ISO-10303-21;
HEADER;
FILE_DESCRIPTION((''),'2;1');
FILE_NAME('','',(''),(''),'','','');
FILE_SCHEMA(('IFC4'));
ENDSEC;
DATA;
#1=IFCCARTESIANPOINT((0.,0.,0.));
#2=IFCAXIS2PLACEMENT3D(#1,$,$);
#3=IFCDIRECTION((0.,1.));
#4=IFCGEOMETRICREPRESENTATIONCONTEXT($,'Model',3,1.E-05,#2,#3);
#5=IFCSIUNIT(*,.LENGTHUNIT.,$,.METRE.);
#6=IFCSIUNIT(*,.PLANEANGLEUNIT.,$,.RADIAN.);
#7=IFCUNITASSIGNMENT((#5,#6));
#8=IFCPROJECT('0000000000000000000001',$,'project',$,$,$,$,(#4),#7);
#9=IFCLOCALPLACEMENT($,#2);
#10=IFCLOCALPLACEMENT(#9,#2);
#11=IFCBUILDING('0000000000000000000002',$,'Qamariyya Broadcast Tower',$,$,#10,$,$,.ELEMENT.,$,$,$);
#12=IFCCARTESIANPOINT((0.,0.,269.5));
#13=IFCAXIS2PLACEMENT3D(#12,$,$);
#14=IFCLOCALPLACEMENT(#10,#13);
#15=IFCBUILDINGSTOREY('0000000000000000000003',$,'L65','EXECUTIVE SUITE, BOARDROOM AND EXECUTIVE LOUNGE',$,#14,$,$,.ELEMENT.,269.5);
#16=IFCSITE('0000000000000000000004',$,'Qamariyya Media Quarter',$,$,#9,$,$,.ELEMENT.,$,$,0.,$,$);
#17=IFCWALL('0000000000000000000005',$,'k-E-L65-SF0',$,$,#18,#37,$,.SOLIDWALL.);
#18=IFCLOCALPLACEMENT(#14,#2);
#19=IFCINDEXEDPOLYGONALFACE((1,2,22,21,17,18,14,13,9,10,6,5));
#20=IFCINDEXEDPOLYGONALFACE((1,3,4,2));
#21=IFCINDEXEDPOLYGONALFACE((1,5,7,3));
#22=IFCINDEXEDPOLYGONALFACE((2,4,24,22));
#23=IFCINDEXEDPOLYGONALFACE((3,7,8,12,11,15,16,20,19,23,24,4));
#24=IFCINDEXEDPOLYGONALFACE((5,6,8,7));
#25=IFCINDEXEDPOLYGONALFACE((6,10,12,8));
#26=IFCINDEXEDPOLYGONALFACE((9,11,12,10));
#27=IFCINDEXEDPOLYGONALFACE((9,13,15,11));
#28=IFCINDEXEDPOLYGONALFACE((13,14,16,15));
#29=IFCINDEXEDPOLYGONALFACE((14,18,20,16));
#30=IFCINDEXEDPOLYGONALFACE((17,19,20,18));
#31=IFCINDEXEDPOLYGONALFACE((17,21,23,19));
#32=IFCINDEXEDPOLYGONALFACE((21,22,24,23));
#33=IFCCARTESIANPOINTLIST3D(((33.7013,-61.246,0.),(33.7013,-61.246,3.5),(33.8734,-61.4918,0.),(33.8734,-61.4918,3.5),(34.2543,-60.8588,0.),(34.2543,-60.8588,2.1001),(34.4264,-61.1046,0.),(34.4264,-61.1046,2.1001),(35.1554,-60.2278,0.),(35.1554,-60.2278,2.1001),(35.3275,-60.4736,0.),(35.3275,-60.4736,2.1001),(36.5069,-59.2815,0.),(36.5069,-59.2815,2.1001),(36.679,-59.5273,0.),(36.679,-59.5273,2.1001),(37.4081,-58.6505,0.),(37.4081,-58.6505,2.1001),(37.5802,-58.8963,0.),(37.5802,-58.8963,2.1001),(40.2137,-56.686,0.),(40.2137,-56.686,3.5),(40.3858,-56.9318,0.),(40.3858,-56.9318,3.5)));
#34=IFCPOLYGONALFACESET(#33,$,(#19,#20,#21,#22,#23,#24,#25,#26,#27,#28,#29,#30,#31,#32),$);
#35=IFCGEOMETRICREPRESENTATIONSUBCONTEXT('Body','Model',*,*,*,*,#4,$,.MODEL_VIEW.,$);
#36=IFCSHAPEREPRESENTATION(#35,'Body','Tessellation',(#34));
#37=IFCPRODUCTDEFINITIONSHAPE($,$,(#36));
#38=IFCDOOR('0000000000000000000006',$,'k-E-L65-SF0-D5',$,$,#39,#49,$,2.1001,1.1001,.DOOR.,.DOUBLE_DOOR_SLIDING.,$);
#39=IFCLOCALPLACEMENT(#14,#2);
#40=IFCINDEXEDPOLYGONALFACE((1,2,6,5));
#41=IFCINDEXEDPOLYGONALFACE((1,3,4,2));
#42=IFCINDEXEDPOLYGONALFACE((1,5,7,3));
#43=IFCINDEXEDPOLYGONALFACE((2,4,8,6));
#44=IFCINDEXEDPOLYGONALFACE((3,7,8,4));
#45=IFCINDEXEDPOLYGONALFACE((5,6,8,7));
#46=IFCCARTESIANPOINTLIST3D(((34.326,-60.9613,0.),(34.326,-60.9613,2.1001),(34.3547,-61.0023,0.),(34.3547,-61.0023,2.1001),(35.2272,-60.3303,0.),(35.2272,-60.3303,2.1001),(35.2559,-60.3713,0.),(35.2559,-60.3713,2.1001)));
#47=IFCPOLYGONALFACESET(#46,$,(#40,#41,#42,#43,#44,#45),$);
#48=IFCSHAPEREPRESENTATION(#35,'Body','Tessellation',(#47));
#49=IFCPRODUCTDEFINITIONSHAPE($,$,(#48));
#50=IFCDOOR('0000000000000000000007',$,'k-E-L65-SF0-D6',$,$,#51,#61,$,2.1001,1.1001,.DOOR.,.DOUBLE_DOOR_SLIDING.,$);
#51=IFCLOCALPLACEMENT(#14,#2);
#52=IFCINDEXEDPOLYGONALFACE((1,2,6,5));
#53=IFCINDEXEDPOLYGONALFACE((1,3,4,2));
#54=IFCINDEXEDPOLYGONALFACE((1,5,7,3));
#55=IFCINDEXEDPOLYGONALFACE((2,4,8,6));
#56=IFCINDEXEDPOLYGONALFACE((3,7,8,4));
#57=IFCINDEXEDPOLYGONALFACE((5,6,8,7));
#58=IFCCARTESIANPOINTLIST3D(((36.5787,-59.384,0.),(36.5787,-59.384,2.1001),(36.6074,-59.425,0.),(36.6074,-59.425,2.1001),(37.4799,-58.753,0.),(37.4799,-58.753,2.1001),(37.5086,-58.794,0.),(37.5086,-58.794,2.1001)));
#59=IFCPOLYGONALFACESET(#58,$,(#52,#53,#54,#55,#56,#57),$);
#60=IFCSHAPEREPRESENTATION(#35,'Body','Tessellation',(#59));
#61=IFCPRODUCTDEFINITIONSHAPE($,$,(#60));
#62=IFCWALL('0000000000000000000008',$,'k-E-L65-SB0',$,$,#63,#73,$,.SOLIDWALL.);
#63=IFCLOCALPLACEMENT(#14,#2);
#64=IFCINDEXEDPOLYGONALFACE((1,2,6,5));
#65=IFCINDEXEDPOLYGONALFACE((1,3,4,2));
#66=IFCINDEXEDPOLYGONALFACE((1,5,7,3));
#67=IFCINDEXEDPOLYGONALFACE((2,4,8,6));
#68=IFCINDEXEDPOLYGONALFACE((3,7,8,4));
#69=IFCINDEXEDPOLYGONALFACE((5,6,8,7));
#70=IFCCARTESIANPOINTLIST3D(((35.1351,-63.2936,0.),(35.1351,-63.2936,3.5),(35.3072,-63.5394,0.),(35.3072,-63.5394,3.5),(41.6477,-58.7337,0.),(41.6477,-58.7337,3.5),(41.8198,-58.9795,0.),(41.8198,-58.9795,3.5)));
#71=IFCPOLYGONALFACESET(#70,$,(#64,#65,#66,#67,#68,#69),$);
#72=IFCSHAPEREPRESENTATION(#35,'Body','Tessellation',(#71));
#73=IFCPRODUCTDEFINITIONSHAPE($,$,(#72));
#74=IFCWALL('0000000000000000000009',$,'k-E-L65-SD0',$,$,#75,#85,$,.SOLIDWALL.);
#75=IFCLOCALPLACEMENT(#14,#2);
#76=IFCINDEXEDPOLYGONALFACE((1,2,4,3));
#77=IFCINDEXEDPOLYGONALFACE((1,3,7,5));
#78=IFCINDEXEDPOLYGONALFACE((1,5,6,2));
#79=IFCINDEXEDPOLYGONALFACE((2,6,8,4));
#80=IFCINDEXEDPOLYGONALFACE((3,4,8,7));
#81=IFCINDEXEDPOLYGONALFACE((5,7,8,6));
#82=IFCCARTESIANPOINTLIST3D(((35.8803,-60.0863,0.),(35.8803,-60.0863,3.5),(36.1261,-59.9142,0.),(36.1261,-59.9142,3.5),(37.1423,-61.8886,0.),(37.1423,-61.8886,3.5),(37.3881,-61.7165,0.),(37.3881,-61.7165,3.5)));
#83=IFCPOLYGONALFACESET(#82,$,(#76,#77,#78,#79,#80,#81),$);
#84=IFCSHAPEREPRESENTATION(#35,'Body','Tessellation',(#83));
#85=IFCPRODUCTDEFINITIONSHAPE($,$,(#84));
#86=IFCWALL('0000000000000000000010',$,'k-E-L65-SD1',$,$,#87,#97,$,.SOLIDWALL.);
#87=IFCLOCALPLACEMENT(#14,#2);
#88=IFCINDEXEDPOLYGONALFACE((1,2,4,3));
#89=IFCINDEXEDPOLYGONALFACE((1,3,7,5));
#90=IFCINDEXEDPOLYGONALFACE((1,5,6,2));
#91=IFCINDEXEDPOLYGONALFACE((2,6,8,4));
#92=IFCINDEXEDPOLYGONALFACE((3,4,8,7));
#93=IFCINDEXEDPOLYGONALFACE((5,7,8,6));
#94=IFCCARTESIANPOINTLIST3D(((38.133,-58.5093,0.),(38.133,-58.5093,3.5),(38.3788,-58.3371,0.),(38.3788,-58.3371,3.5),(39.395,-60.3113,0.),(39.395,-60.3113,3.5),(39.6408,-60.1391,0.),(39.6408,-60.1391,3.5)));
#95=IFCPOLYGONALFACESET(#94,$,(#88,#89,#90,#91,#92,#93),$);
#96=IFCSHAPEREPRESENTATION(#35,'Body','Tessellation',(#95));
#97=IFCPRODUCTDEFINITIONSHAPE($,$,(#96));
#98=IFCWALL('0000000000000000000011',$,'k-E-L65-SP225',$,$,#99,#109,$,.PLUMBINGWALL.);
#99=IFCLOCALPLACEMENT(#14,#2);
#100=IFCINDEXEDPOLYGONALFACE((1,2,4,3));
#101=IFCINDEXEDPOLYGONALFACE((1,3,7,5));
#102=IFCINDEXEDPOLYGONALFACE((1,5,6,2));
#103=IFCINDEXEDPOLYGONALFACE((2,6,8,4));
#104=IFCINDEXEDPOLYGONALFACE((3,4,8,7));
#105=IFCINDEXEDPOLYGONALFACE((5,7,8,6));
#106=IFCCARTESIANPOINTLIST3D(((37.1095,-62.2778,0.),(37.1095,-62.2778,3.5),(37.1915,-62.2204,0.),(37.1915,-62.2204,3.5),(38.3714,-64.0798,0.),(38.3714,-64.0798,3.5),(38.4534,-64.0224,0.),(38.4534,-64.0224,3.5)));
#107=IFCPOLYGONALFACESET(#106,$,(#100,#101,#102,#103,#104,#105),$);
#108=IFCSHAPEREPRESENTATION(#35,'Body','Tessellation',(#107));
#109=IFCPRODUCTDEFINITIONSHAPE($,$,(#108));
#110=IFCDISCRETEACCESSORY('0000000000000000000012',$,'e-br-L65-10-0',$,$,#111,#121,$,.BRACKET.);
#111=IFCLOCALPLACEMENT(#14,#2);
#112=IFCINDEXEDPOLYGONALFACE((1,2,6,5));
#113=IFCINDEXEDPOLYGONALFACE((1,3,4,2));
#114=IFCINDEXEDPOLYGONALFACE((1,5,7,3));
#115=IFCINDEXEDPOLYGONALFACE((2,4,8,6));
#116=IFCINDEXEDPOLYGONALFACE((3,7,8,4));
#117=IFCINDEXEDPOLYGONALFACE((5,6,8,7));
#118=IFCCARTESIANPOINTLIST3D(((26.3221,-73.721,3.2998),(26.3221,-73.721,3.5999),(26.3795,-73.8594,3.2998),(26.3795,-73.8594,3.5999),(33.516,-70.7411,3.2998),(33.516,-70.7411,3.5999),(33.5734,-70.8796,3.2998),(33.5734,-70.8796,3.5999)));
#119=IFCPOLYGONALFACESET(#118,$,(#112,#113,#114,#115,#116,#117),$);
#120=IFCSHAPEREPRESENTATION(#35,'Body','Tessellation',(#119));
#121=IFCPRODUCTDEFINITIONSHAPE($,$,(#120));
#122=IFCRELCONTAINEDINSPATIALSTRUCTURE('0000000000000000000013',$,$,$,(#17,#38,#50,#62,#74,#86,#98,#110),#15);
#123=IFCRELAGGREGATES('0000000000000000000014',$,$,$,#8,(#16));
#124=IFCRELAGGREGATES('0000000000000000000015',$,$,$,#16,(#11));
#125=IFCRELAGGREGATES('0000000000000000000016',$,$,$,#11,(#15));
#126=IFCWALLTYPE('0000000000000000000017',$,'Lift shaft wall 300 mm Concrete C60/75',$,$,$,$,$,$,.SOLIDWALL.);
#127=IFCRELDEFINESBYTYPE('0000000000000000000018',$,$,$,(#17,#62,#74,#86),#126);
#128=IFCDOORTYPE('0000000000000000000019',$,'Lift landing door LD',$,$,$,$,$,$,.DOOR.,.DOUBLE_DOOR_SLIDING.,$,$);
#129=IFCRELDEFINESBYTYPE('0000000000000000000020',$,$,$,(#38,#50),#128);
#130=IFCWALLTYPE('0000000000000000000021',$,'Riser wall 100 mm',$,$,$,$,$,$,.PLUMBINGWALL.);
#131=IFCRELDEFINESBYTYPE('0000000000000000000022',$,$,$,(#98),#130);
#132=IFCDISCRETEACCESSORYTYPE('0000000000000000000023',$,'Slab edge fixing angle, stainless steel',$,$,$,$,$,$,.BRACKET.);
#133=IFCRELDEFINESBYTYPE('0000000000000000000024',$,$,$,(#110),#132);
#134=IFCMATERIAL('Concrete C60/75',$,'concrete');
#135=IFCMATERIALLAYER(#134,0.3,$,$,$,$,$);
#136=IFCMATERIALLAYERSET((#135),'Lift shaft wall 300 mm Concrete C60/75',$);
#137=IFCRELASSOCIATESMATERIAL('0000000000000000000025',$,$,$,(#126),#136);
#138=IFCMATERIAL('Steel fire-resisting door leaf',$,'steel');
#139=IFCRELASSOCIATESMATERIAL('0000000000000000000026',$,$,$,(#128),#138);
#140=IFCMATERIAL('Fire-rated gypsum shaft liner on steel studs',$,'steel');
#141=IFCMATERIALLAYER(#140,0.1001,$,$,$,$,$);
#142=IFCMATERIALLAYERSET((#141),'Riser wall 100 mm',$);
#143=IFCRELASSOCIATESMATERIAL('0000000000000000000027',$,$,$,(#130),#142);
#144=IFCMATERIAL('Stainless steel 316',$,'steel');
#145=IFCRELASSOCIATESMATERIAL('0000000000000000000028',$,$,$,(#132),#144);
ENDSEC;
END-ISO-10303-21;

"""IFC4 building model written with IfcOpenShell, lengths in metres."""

from ifc_helpers import new_model, si_unit, direction, frame, frame_2d, origin, origin_2d, place, context, subcontext, project, spatial, rectangle, extrude, material, layer, layer_set, type_object, element, fill, save


model = new_model("IFC4")

# Units and contexts
model_context = context("Model", 3, precision=1e-05, world=origin(), true_north=direction((0.0, 1.0)))
body_context = subcontext(model_context, "Body", "Model", "MODEL_VIEW")
ifc_project = project(units=[si_unit("LENGTHUNIT", "METRE"), si_unit("PLANEANGLEUNIT", "RADIAN")], contexts=[model_context])

# Site, building, storey
site_placement = place(None, origin())
site = spatial("IfcSite", under=ifc_project, at=site_placement, Name="Qamariyya Media Quarter", CompositionType="ELEMENT", RefElevation=0.0)
building_placement = place(site_placement, origin())
building = spatial("IfcBuilding", under=site, at=building_placement, Name="Qamariyya Broadcast Tower", CompositionType="ELEMENT")
storey_placement = place(building_placement, frame((0.0, 0.0, 269.5)))
storey = spatial("IfcBuildingStorey", under=building, at=storey_placement, Name="L65", Description="EXECUTIVE SUITE, BOARDROOM AND EXECUTIVE LOUNGE", CompositionType="ELEMENT", Elevation=269.5)

# Shared definitions
ifc_material_1 = material(Name="Concrete C60/75", Category="concrete")
ifc_material_2 = material(Name="Steel fire-resisting door leaf", Category="steel")

# Shared definitions
ifc_layer_1 = layer(ifc_material_1, 0.3)
ifc_layer_set_1 = layer_set([ifc_layer_1], Name="Lift shaft wall 300 mm Concrete C60/75")
wall_type_1 = type_object("IfcWallType", Name="Lift shaft wall 300 mm Concrete C60/75", PredefinedType="SOLIDWALL", material=ifc_layer_set_1)

# Wall, openings, doors
wall_1_placement = place(storey_placement, frame((33.7874, -61.3689, 0.0), z_axis=(0.0, 0.0, 1.0), x_axis=(0.819153, 0.573576, 0.0)))
wall_1 = element("IfcWall", 1, at=wall_1_placement, inside=storey, type_object=wall_type_1, Name="k-E-L65-SF0", PredefinedType="SOLIDWALL", context=body_context, shape_type="SweptSolid", body=[
    extrude(rectangle(XDim=7.9502, YDim=0.3, at=frame_2d((3.9751, 0.0))), origin(), (0.0, 0.0, 1.0), 3.5),
])
opening_1_placement = place(wall_1_placement, frame((0.675, 0.0, 0.0)))
opening_1 = element("IfcOpeningElement", 2, at=opening_1_placement, cuts=wall_1, PredefinedType="OPENING", context=body_context, shape_type="SweptSolid", body=[
    extrude(rectangle(XDim=1.1001, YDim=2.1001, at=frame_2d((0.55, 1.05))), frame((0.0, 0.1599, 0.0), z_axis=(0.0, -1.0, 0.0), x_axis=(1.0, 0.0, 0.0)), (0.0, 0.0, 1.0), 0.3201),
])
opening_2_placement = place(wall_1_placement, frame((3.425, 0.0, 0.0)))
opening_2 = element("IfcOpeningElement", 3, at=opening_2_placement, cuts=wall_1, PredefinedType="OPENING", context=body_context, shape_type="SweptSolid", body=[
    extrude(rectangle(XDim=1.1001, YDim=2.1001, at=frame_2d((0.55, 1.05))), frame((0.0, 0.1599, 0.0), z_axis=(0.0, -1.0, 0.0), x_axis=(1.0, 0.0, 0.0)), (0.0, 0.0, 1.0), 0.3201),
])
door_type_1 = type_object("IfcDoorType", Name="Lift landing door LD", OperationType="DOUBLE_DOOR_SLIDING", PredefinedType="DOOR", material=ifc_material_2)
door_1_placement = place(opening_1_placement, origin())
door_1 = element("IfcDoor", 4, at=door_1_placement, inside=storey, type_object=door_type_1, Name="k-E-L65-SF0-D5", OperationType="DOUBLE_DOOR_SLIDING", OverallHeight=2.1001, OverallWidth=1.1001, PredefinedType="DOOR", context=body_context, shape_type="SweptSolid", body=[
    extrude(rectangle(XDim=1.1001, YDim=2.1001, at=frame_2d((0.55, 1.05))), frame((0.0, 0.0249, 0.0), z_axis=(0.0, -1.0, 0.0), x_axis=(1.0, 0.0, 0.0)), (0.0, 0.0, 1.0), 0.05),
])
fill(opening_1, door_1)
door_2_placement = place(opening_2_placement, origin())
door_2 = element("IfcDoor", 5, at=door_2_placement, inside=storey, type_object=door_type_1, Name="k-E-L65-SF0-D6", OperationType="DOUBLE_DOOR_SLIDING", OverallHeight=2.1001, OverallWidth=1.1001, PredefinedType="DOOR", context=body_context, shape_type="SweptSolid", body=[
    extrude(rectangle(XDim=1.1001, YDim=2.1001, at=frame_2d((0.55, 1.05))), frame((0.0, 0.0249, 0.0), z_axis=(0.0, -1.0, 0.0), x_axis=(1.0, 0.0, 0.0)), (0.0, 0.0, 1.0), 0.05),
])
fill(opening_2, door_2)

# Walls
wall_2_placement = place(storey_placement, frame((35.2212, -63.4165, 0.0), z_axis=(0.0, 0.0, 1.0), x_axis=(0.819167, 0.573555, 0.0)))
element("IfcWall", 6, at=wall_2_placement, inside=storey, type_object=wall_type_1, Name="k-E-L65-SB0", PredefinedType="SOLIDWALL", context=body_context, shape_type="SweptSolid", body=[
    extrude(rectangle(XDim=7.9502, YDim=0.3, at=frame_2d((3.9751, 0.0))), origin(), (0.0, 0.0, 1.0), 3.5),
])
wall_3_placement = place(storey_placement, frame((36.0032, -60.0002, 0.0), z_axis=(0.0, 0.0, 1.0), x_axis=(0.573581, -0.819149, 0.0)))
element("IfcWall", 7, at=wall_3_placement, inside=storey, type_object=wall_type_1, Name="k-E-L65-SD0", PredefinedType="SOLIDWALL", context=body_context, shape_type="SweptSolid", body=[
    extrude(rectangle(XDim=2.2002, YDim=0.3, at=frame_2d((1.1001, 0.0))), origin(), (0.0, 0.0, 1.0), 3.5),
])
wall_4_placement = place(storey_placement, frame((38.2559, -58.4231, 0.0), z_axis=(0.0, 0.0, 1.0), x_axis=(0.573634, -0.819112, 0.0)))
element("IfcWall", 8, at=wall_4_placement, inside=storey, type_object=wall_type_1, Name="k-E-L65-SD1", PredefinedType="SOLIDWALL", context=body_context, shape_type="SweptSolid", body=[
    extrude(rectangle(XDim=2.2, YDim=0.3, at=frame_2d((1.1001, 0.0))), origin(), (0.0, 0.0, 1.0), 3.5),
])
ifc_material_3 = material(Name="Fire-rated gypsum shaft liner on steel studs", Category="steel")
ifc_layer_2 = layer(ifc_material_3, 0.1001)
ifc_layer_set_2 = layer_set([ifc_layer_2], Name="Riser wall 100 mm")
wall_type_2 = type_object("IfcWallType", Name="Riser wall 100 mm", PredefinedType="PLUMBINGWALL", material=ifc_layer_set_2)
wall_5_placement = place(storey_placement, frame((37.1504, -62.249, 0.0), z_axis=(0.0, 0.0, 1.0), x_axis=(0.573634, -0.819112, 0.0)))
element("IfcWall", 9, at=wall_5_placement, inside=storey, type_object=wall_type_2, Name="k-E-L65-SP225", PredefinedType="PLUMBINGWALL", context=body_context, shape_type="SweptSolid", body=[
    extrude(rectangle(XDim=2.2, YDim=0.1001, at=frame_2d((1.1001, 0.0))), origin(), (0.0, 0.0, 1.0), 3.5),
])

# Discrete accessory
ifc_material_4 = material(Name="Stainless steel 316", Category="steel")
discrete_accessory_type = type_object("IfcDiscreteAccessoryType", Name="Slab edge fixing angle, stainless steel", PredefinedType="BRACKET", material=ifc_material_4)
discrete_accessory_placement = place(storey_placement, frame((29.9478, -72.3003, 3.2998), z_axis=(0.0, 0.0, 1.0), x_axis=(0.92388, 0.382683, 0.0)))
element("IfcDiscreteAccessory", 10, at=discrete_accessory_placement, inside=storey, type_object=discrete_accessory_type, Name="e-br-L65-10-0", PredefinedType="BRACKET", context=body_context, shape_type="SweptSolid", body=[
    extrude(rectangle(XDim=7.7866, YDim=0.1499, at=origin_2d()), origin(), (0.0, 0.0, 1.0), 0.3),
])

save(model, "model.ifc")
